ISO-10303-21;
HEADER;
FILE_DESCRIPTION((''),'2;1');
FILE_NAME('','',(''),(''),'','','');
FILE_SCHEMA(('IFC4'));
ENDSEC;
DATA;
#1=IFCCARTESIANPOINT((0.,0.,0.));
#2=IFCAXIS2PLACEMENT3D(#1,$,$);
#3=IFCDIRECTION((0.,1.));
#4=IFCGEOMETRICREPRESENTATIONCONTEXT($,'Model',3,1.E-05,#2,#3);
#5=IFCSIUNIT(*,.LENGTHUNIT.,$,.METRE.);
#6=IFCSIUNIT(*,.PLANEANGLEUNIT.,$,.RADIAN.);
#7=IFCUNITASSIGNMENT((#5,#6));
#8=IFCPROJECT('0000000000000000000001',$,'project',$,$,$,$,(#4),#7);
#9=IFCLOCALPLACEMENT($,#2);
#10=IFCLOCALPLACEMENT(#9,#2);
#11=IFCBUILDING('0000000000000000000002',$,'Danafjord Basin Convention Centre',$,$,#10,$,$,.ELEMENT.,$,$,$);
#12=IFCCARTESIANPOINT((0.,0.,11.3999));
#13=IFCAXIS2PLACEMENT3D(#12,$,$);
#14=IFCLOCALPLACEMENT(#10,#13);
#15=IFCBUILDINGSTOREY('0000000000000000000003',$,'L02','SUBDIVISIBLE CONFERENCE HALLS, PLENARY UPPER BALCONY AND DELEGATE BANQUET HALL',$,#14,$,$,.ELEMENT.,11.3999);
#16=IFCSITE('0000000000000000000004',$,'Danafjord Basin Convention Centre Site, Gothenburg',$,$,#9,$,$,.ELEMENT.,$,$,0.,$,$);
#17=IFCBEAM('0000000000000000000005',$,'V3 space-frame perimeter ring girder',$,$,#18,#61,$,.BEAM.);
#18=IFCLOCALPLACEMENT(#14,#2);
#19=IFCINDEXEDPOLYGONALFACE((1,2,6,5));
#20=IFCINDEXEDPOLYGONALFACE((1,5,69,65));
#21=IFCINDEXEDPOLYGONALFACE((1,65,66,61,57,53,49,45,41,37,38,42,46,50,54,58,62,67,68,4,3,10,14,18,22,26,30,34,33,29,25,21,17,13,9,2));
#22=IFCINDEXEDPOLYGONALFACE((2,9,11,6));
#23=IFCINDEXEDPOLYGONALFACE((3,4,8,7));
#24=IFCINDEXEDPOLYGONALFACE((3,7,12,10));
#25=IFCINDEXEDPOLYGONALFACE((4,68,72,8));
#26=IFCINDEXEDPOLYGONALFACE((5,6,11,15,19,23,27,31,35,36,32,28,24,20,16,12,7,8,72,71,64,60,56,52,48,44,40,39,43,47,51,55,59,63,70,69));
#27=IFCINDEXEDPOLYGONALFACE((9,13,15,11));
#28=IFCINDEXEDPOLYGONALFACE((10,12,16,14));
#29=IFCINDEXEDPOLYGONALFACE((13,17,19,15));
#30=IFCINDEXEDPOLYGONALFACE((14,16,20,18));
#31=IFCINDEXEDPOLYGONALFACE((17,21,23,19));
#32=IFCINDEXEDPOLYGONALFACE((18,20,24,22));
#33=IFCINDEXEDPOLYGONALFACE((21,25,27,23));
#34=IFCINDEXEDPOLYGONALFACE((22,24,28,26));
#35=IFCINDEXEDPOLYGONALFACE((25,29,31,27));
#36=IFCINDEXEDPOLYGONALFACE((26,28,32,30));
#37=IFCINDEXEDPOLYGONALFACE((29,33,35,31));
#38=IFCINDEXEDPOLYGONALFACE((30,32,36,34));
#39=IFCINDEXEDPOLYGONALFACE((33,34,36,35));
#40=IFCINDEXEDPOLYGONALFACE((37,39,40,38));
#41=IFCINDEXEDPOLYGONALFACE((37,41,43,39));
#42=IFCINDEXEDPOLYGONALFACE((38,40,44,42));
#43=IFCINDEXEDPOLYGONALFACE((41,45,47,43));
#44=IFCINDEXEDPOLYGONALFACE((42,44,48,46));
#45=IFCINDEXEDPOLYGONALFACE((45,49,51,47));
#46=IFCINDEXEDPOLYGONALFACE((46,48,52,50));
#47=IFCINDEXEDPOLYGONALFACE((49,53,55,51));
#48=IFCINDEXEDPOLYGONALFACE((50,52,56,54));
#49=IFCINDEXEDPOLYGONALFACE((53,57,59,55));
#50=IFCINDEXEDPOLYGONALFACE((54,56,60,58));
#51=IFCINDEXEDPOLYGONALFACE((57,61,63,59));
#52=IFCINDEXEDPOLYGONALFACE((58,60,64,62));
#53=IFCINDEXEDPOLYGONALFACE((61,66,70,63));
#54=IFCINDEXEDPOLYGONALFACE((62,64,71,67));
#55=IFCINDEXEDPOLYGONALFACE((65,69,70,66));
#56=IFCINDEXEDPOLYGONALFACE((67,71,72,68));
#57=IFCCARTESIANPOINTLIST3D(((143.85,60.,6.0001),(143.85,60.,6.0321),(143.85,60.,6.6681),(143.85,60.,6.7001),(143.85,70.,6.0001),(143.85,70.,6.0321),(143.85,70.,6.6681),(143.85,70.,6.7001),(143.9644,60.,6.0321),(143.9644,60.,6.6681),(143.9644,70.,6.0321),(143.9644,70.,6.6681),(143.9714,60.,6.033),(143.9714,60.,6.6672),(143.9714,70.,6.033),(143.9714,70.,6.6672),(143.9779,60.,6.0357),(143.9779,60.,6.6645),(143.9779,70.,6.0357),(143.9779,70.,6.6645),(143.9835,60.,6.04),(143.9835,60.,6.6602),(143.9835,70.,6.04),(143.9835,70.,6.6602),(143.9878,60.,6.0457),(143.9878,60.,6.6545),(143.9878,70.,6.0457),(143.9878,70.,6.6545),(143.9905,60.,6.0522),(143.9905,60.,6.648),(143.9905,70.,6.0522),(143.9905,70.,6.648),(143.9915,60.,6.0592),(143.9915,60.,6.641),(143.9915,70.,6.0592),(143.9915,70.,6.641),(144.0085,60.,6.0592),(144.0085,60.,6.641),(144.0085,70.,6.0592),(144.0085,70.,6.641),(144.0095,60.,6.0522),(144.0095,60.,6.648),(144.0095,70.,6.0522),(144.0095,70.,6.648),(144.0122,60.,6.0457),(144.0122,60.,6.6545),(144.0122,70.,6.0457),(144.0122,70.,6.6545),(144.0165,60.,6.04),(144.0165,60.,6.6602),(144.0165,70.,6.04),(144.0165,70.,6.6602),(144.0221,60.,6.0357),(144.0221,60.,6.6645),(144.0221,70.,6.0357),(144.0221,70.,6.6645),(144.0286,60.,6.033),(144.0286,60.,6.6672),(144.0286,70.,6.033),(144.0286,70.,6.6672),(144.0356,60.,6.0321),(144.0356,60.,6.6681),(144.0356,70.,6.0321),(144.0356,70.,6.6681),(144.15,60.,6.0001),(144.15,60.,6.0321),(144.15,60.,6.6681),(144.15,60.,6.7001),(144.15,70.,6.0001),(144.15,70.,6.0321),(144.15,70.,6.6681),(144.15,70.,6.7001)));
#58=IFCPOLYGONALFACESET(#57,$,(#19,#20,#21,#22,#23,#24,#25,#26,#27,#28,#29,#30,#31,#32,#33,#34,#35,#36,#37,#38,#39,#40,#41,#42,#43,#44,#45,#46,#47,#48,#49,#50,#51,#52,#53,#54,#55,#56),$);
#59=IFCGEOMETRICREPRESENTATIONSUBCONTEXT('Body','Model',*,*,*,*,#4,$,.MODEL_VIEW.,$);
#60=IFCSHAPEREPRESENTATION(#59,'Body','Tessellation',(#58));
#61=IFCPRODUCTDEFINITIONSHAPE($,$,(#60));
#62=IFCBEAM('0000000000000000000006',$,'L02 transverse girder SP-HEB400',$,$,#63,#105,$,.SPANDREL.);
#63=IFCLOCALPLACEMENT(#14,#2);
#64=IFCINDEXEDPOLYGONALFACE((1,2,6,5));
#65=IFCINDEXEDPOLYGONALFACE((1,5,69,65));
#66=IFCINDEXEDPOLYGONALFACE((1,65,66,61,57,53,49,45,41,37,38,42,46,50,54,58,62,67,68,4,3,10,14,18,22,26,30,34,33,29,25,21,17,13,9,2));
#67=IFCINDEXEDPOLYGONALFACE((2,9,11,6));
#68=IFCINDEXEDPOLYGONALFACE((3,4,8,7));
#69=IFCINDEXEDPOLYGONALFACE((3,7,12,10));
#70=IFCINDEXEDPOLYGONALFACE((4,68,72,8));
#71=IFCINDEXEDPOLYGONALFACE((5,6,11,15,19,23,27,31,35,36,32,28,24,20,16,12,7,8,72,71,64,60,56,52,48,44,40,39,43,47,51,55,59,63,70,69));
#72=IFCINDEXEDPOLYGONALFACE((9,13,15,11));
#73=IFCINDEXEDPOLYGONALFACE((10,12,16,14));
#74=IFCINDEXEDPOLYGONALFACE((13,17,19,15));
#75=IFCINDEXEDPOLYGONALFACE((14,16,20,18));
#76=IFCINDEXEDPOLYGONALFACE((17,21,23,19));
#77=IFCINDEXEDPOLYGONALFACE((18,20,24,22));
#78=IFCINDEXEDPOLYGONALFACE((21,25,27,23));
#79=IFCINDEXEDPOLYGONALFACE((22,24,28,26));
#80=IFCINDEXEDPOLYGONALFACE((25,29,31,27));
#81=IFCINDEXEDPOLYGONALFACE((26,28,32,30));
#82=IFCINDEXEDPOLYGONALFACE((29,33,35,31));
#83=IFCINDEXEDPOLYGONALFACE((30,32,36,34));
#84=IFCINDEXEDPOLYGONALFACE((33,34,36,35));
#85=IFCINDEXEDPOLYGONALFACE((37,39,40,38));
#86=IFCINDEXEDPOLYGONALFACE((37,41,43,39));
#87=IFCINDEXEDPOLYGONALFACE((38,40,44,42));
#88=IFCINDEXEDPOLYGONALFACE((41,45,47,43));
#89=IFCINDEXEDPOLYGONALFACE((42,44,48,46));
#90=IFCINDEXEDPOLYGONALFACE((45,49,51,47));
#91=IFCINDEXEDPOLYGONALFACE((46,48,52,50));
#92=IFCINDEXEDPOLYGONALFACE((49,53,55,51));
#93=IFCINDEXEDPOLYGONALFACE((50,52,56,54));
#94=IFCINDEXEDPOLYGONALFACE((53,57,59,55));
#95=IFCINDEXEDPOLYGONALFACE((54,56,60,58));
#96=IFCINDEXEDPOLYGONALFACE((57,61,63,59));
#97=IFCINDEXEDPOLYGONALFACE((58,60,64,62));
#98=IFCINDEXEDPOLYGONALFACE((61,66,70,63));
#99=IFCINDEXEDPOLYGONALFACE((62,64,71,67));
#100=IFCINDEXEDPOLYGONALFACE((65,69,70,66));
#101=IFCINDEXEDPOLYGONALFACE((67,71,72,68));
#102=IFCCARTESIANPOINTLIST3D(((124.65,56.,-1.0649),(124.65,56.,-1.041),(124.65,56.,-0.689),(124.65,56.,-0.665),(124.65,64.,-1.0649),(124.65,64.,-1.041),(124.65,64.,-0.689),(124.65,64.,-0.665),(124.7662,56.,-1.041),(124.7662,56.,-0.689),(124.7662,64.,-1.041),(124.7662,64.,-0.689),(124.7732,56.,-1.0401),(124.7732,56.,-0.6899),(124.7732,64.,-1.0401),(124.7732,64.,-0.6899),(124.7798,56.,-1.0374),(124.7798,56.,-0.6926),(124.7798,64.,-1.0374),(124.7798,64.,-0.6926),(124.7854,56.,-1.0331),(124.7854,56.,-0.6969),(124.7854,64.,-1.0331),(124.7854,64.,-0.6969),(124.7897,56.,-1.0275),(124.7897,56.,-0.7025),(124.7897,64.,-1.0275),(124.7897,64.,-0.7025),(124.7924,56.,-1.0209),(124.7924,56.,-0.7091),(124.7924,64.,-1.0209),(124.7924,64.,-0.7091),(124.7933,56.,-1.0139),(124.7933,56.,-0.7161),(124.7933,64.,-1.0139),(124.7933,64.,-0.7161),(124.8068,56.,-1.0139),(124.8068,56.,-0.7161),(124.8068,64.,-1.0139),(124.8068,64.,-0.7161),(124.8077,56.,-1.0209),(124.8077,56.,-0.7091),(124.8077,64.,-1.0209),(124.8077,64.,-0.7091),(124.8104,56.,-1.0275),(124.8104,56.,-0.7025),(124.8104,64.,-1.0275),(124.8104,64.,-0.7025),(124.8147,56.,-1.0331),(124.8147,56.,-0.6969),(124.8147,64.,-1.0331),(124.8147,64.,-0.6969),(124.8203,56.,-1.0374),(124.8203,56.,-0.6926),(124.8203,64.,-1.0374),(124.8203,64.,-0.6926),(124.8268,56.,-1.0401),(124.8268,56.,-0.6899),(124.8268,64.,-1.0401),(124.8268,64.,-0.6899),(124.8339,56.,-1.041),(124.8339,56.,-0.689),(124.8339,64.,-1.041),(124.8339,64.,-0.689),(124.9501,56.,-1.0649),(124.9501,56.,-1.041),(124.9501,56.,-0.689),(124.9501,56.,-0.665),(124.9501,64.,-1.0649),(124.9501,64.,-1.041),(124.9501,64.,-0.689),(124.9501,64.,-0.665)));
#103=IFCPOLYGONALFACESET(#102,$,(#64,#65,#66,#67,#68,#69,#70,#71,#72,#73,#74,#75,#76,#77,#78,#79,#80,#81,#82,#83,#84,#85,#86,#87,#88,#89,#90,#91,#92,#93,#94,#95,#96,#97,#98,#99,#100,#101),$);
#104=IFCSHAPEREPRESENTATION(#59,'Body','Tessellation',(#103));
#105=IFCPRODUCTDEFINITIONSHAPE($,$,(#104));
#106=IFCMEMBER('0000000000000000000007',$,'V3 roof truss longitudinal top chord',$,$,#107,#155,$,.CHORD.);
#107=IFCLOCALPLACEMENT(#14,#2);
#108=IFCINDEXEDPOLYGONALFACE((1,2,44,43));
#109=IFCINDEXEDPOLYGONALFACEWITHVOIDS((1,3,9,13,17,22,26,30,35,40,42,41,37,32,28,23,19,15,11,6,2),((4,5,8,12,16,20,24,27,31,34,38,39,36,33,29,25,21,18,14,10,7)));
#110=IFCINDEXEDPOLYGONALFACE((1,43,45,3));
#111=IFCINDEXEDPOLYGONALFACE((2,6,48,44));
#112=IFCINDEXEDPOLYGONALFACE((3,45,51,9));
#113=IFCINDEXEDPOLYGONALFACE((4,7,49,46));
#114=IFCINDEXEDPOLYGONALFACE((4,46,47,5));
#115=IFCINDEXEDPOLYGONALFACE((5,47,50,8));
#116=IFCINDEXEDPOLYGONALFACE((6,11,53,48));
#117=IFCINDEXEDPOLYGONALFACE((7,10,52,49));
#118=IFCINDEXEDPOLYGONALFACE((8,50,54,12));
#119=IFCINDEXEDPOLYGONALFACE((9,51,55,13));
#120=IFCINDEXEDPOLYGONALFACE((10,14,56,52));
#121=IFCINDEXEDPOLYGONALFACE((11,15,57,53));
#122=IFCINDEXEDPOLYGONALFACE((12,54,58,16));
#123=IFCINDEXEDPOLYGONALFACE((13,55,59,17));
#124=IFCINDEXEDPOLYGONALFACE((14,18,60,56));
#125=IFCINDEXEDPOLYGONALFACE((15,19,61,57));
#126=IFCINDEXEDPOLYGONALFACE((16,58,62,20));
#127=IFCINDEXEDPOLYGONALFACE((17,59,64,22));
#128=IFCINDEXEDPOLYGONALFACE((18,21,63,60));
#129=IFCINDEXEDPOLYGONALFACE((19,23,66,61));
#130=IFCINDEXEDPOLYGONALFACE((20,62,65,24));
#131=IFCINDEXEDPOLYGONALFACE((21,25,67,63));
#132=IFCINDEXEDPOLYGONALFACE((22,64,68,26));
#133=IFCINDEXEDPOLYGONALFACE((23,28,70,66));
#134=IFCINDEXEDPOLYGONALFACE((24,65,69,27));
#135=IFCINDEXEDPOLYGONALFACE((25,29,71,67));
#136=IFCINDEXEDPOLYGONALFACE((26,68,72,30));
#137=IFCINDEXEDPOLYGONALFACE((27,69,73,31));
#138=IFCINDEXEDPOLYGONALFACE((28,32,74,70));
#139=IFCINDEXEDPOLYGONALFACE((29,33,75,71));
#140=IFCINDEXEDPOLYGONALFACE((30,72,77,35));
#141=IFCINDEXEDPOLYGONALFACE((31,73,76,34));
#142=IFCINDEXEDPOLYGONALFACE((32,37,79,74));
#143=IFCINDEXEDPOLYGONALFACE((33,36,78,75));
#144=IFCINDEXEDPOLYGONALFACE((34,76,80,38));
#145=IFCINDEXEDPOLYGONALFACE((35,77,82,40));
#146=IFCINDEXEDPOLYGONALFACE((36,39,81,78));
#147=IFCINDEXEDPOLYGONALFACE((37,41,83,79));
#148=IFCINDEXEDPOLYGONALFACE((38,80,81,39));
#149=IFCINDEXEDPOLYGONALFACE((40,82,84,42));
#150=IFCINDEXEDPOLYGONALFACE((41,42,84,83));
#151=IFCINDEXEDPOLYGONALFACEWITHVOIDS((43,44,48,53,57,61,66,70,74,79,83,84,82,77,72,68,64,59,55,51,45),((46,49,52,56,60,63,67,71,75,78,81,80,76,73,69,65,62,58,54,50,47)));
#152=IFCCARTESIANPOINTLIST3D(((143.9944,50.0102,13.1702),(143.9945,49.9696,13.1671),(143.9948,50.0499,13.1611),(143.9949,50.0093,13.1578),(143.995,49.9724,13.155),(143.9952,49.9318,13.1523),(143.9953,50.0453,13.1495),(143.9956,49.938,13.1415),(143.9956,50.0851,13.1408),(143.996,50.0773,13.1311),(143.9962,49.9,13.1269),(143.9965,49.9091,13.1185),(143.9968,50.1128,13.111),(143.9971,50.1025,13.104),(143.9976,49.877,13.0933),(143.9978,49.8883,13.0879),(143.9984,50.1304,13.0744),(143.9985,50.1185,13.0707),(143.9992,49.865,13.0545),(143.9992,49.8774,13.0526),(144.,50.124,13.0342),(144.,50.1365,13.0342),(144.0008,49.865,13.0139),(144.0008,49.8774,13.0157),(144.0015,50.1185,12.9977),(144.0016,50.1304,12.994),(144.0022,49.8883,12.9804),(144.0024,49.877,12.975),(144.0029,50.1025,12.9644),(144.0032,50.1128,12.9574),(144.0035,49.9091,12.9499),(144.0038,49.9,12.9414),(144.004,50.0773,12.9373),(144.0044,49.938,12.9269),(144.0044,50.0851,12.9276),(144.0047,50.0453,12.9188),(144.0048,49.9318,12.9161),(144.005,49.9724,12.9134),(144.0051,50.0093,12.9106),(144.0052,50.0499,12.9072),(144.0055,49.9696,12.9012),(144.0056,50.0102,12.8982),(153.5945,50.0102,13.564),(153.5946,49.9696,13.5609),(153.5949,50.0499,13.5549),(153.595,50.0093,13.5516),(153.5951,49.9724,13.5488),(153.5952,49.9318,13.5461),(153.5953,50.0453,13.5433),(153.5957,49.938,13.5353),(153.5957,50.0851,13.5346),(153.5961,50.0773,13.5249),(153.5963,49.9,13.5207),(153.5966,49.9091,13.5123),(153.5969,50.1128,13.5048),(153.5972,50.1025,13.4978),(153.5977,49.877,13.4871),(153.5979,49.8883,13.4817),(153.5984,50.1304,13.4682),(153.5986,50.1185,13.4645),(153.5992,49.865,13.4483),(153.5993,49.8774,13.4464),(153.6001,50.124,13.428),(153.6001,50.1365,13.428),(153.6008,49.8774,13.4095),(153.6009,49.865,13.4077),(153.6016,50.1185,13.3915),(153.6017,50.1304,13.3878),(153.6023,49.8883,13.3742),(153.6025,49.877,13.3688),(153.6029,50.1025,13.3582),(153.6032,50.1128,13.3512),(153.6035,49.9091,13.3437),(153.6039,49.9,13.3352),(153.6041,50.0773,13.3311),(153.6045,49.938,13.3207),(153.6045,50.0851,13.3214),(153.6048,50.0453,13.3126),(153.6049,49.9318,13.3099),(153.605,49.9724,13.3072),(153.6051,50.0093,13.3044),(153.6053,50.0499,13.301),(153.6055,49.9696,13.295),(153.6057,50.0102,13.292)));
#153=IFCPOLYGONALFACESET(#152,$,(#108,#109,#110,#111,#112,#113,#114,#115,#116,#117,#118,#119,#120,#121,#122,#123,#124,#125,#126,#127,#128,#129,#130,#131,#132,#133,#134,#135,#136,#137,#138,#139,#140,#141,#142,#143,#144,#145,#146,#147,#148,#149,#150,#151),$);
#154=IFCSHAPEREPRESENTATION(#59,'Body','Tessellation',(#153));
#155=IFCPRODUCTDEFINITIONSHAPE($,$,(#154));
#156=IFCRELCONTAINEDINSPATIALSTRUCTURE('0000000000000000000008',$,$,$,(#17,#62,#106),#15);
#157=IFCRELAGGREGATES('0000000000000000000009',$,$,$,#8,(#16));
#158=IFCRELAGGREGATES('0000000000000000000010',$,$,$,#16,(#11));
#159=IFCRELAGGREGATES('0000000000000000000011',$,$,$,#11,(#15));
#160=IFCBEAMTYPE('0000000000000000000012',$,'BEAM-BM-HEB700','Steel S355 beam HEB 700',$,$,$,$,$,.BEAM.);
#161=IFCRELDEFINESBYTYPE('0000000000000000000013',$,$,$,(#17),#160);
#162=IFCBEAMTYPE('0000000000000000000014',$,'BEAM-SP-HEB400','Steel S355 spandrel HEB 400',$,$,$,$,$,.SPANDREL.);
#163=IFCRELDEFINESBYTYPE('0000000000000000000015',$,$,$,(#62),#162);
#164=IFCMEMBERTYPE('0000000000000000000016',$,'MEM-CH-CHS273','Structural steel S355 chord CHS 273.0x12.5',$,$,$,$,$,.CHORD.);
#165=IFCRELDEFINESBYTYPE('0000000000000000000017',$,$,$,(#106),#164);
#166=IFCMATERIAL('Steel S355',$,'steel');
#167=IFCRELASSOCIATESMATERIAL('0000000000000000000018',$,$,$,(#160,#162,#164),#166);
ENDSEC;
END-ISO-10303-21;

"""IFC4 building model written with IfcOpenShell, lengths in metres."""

from ifc_helpers import new_model, si_unit, direction, frame, origin, origin_2d, place, context, subcontext, project, spatial, hollow_circle, i_section, extrude, material, material_profile, profile_set, type_object, element, save


model = new_model("IFC4")

# Units and contexts
model_context = context("Model", 3, precision=1e-05, world=origin(), true_north=direction((0.0, 1.0)))
body_context = subcontext(model_context, "Body", "Model", "MODEL_VIEW")
ifc_project = project(units=[si_unit("LENGTHUNIT", "METRE"), si_unit("PLANEANGLEUNIT", "RADIAN")], contexts=[model_context])

# Site, building, storey
site_placement = place(None, origin())
site = spatial("IfcSite", under=ifc_project, at=site_placement, Name="Danafjord Basin Convention Centre Site, Gothenburg", CompositionType="ELEMENT", RefElevation=0.0)
building_placement = place(site_placement, origin())
building = spatial("IfcBuilding", under=site, at=building_placement, Name="Danafjord Basin Convention Centre", CompositionType="ELEMENT")
storey_placement = place(building_placement, frame((0.0, 0.0, 11.3999)))
storey = spatial("IfcBuildingStorey", under=building, at=storey_placement, Name="L02", Description="SUBDIVISIBLE CONFERENCE HALLS, PLENARY UPPER BALCONY AND DELEGATE BANQUET HALL", CompositionType="ELEMENT", Elevation=11.3999)

# Shared definitions
ifc_material = material(Name="Steel S355", Category="steel")

# Beams
ifc_material_profile_1 = material_profile(ifc_material, i_section(OverallWidth=0.3, OverallDepth=0.7, WebThickness=0.0171, FlangeThickness=0.032, FilletRadius=0.0271, at=origin_2d()), Name="HEB 700")
ifc_profile_set_1 = profile_set([ifc_material_profile_1], Name="Steel S355")
beam_type_1 = type_object("IfcBeamType", Name="BEAM-BM-HEB700", Description="Steel S355 beam HEB 700", PredefinedType="BEAM", material=ifc_profile_set_1)
for number, where, z_axis, x_axis, name in (
    (1, (144.0, 60.0, 6.3501), (0.0, 1.0, 0.0), (-1.0, 0.0, 0.0), "V3 space-frame perimeter ring girder"),
):
    element("IfcBeam", number, at=place(storey_placement, frame(where, z_axis=z_axis, x_axis=x_axis)), inside=storey, type_object=beam_type_1, Name=name, PredefinedType="BEAM", context=body_context, shape_type="SweptSolid", body=[
        extrude(i_section(OverallWidth=0.3, OverallDepth=0.7, WebThickness=0.0171, FlangeThickness=0.032, FilletRadius=0.0271, at=origin_2d()), origin(), (0.0, 0.0, 1.0), 10.0),
    ])
ifc_material_profile_2 = material_profile(ifc_material, i_section(OverallWidth=0.3, OverallDepth=0.3999, WebThickness=0.0134, FlangeThickness=0.0239, FilletRadius=0.0271, at=origin_2d()), Name="HEB 400")
ifc_profile_set_2 = profile_set([ifc_material_profile_2], Name="Steel S355")
beam_type_2 = type_object("IfcBeamType", Name="BEAM-SP-HEB400", Description="Steel S355 spandrel HEB 400", PredefinedType="SPANDREL", material=ifc_profile_set_2)
beam_placement = place(storey_placement, frame((124.8, 56.0, -0.865), z_axis=(0.0, 1.0, 0.0), x_axis=(-1.0, 0.0, 0.0)))
element("IfcBeam", 2, at=beam_placement, inside=storey, type_object=beam_type_2, Name="L02 transverse girder SP-HEB400", PredefinedType="SPANDREL", context=body_context, shape_type="SweptSolid", body=[
    extrude(i_section(OverallWidth=0.3, OverallDepth=0.3999, WebThickness=0.0134, FlangeThickness=0.0239, FilletRadius=0.0271, at=origin_2d()), origin(), (0.0, 0.0, 1.0), 8.0),
])

# Member
ifc_material_profile_3 = material_profile(ifc_material, hollow_circle(Radius=0.1365, WallThickness=0.0125, at=origin_2d()), Name="CHS 273.0x12.5")
ifc_profile_set_3 = profile_set([ifc_material_profile_3], Name="Steel S355")
member_type_1 = type_object("IfcMemberType", Name="MEM-CH-CHS273", Description="Structural steel S355 chord CHS 273.0x12.5", PredefinedType="CHORD", material=ifc_profile_set_3)
member_1_placement = place(storey_placement, frame((144.0, 50.0, 13.0342), z_axis=(0.99916, 0.0, 0.040986), x_axis=(0.0, 1.0, 0.0)))
element("IfcMember", 3, at=member_1_placement, inside=storey, type_object=member_type_1, Name="V3 roof truss longitudinal top chord", PredefinedType="CHORD", context=body_context, shape_type="SweptSolid", body=[
    extrude(hollow_circle(Radius=0.1365, WallThickness=0.0125, at=origin_2d()), origin(), (0.0, 0.0, 1.0), 9.6082),
])

save(model, "model.ifc")
